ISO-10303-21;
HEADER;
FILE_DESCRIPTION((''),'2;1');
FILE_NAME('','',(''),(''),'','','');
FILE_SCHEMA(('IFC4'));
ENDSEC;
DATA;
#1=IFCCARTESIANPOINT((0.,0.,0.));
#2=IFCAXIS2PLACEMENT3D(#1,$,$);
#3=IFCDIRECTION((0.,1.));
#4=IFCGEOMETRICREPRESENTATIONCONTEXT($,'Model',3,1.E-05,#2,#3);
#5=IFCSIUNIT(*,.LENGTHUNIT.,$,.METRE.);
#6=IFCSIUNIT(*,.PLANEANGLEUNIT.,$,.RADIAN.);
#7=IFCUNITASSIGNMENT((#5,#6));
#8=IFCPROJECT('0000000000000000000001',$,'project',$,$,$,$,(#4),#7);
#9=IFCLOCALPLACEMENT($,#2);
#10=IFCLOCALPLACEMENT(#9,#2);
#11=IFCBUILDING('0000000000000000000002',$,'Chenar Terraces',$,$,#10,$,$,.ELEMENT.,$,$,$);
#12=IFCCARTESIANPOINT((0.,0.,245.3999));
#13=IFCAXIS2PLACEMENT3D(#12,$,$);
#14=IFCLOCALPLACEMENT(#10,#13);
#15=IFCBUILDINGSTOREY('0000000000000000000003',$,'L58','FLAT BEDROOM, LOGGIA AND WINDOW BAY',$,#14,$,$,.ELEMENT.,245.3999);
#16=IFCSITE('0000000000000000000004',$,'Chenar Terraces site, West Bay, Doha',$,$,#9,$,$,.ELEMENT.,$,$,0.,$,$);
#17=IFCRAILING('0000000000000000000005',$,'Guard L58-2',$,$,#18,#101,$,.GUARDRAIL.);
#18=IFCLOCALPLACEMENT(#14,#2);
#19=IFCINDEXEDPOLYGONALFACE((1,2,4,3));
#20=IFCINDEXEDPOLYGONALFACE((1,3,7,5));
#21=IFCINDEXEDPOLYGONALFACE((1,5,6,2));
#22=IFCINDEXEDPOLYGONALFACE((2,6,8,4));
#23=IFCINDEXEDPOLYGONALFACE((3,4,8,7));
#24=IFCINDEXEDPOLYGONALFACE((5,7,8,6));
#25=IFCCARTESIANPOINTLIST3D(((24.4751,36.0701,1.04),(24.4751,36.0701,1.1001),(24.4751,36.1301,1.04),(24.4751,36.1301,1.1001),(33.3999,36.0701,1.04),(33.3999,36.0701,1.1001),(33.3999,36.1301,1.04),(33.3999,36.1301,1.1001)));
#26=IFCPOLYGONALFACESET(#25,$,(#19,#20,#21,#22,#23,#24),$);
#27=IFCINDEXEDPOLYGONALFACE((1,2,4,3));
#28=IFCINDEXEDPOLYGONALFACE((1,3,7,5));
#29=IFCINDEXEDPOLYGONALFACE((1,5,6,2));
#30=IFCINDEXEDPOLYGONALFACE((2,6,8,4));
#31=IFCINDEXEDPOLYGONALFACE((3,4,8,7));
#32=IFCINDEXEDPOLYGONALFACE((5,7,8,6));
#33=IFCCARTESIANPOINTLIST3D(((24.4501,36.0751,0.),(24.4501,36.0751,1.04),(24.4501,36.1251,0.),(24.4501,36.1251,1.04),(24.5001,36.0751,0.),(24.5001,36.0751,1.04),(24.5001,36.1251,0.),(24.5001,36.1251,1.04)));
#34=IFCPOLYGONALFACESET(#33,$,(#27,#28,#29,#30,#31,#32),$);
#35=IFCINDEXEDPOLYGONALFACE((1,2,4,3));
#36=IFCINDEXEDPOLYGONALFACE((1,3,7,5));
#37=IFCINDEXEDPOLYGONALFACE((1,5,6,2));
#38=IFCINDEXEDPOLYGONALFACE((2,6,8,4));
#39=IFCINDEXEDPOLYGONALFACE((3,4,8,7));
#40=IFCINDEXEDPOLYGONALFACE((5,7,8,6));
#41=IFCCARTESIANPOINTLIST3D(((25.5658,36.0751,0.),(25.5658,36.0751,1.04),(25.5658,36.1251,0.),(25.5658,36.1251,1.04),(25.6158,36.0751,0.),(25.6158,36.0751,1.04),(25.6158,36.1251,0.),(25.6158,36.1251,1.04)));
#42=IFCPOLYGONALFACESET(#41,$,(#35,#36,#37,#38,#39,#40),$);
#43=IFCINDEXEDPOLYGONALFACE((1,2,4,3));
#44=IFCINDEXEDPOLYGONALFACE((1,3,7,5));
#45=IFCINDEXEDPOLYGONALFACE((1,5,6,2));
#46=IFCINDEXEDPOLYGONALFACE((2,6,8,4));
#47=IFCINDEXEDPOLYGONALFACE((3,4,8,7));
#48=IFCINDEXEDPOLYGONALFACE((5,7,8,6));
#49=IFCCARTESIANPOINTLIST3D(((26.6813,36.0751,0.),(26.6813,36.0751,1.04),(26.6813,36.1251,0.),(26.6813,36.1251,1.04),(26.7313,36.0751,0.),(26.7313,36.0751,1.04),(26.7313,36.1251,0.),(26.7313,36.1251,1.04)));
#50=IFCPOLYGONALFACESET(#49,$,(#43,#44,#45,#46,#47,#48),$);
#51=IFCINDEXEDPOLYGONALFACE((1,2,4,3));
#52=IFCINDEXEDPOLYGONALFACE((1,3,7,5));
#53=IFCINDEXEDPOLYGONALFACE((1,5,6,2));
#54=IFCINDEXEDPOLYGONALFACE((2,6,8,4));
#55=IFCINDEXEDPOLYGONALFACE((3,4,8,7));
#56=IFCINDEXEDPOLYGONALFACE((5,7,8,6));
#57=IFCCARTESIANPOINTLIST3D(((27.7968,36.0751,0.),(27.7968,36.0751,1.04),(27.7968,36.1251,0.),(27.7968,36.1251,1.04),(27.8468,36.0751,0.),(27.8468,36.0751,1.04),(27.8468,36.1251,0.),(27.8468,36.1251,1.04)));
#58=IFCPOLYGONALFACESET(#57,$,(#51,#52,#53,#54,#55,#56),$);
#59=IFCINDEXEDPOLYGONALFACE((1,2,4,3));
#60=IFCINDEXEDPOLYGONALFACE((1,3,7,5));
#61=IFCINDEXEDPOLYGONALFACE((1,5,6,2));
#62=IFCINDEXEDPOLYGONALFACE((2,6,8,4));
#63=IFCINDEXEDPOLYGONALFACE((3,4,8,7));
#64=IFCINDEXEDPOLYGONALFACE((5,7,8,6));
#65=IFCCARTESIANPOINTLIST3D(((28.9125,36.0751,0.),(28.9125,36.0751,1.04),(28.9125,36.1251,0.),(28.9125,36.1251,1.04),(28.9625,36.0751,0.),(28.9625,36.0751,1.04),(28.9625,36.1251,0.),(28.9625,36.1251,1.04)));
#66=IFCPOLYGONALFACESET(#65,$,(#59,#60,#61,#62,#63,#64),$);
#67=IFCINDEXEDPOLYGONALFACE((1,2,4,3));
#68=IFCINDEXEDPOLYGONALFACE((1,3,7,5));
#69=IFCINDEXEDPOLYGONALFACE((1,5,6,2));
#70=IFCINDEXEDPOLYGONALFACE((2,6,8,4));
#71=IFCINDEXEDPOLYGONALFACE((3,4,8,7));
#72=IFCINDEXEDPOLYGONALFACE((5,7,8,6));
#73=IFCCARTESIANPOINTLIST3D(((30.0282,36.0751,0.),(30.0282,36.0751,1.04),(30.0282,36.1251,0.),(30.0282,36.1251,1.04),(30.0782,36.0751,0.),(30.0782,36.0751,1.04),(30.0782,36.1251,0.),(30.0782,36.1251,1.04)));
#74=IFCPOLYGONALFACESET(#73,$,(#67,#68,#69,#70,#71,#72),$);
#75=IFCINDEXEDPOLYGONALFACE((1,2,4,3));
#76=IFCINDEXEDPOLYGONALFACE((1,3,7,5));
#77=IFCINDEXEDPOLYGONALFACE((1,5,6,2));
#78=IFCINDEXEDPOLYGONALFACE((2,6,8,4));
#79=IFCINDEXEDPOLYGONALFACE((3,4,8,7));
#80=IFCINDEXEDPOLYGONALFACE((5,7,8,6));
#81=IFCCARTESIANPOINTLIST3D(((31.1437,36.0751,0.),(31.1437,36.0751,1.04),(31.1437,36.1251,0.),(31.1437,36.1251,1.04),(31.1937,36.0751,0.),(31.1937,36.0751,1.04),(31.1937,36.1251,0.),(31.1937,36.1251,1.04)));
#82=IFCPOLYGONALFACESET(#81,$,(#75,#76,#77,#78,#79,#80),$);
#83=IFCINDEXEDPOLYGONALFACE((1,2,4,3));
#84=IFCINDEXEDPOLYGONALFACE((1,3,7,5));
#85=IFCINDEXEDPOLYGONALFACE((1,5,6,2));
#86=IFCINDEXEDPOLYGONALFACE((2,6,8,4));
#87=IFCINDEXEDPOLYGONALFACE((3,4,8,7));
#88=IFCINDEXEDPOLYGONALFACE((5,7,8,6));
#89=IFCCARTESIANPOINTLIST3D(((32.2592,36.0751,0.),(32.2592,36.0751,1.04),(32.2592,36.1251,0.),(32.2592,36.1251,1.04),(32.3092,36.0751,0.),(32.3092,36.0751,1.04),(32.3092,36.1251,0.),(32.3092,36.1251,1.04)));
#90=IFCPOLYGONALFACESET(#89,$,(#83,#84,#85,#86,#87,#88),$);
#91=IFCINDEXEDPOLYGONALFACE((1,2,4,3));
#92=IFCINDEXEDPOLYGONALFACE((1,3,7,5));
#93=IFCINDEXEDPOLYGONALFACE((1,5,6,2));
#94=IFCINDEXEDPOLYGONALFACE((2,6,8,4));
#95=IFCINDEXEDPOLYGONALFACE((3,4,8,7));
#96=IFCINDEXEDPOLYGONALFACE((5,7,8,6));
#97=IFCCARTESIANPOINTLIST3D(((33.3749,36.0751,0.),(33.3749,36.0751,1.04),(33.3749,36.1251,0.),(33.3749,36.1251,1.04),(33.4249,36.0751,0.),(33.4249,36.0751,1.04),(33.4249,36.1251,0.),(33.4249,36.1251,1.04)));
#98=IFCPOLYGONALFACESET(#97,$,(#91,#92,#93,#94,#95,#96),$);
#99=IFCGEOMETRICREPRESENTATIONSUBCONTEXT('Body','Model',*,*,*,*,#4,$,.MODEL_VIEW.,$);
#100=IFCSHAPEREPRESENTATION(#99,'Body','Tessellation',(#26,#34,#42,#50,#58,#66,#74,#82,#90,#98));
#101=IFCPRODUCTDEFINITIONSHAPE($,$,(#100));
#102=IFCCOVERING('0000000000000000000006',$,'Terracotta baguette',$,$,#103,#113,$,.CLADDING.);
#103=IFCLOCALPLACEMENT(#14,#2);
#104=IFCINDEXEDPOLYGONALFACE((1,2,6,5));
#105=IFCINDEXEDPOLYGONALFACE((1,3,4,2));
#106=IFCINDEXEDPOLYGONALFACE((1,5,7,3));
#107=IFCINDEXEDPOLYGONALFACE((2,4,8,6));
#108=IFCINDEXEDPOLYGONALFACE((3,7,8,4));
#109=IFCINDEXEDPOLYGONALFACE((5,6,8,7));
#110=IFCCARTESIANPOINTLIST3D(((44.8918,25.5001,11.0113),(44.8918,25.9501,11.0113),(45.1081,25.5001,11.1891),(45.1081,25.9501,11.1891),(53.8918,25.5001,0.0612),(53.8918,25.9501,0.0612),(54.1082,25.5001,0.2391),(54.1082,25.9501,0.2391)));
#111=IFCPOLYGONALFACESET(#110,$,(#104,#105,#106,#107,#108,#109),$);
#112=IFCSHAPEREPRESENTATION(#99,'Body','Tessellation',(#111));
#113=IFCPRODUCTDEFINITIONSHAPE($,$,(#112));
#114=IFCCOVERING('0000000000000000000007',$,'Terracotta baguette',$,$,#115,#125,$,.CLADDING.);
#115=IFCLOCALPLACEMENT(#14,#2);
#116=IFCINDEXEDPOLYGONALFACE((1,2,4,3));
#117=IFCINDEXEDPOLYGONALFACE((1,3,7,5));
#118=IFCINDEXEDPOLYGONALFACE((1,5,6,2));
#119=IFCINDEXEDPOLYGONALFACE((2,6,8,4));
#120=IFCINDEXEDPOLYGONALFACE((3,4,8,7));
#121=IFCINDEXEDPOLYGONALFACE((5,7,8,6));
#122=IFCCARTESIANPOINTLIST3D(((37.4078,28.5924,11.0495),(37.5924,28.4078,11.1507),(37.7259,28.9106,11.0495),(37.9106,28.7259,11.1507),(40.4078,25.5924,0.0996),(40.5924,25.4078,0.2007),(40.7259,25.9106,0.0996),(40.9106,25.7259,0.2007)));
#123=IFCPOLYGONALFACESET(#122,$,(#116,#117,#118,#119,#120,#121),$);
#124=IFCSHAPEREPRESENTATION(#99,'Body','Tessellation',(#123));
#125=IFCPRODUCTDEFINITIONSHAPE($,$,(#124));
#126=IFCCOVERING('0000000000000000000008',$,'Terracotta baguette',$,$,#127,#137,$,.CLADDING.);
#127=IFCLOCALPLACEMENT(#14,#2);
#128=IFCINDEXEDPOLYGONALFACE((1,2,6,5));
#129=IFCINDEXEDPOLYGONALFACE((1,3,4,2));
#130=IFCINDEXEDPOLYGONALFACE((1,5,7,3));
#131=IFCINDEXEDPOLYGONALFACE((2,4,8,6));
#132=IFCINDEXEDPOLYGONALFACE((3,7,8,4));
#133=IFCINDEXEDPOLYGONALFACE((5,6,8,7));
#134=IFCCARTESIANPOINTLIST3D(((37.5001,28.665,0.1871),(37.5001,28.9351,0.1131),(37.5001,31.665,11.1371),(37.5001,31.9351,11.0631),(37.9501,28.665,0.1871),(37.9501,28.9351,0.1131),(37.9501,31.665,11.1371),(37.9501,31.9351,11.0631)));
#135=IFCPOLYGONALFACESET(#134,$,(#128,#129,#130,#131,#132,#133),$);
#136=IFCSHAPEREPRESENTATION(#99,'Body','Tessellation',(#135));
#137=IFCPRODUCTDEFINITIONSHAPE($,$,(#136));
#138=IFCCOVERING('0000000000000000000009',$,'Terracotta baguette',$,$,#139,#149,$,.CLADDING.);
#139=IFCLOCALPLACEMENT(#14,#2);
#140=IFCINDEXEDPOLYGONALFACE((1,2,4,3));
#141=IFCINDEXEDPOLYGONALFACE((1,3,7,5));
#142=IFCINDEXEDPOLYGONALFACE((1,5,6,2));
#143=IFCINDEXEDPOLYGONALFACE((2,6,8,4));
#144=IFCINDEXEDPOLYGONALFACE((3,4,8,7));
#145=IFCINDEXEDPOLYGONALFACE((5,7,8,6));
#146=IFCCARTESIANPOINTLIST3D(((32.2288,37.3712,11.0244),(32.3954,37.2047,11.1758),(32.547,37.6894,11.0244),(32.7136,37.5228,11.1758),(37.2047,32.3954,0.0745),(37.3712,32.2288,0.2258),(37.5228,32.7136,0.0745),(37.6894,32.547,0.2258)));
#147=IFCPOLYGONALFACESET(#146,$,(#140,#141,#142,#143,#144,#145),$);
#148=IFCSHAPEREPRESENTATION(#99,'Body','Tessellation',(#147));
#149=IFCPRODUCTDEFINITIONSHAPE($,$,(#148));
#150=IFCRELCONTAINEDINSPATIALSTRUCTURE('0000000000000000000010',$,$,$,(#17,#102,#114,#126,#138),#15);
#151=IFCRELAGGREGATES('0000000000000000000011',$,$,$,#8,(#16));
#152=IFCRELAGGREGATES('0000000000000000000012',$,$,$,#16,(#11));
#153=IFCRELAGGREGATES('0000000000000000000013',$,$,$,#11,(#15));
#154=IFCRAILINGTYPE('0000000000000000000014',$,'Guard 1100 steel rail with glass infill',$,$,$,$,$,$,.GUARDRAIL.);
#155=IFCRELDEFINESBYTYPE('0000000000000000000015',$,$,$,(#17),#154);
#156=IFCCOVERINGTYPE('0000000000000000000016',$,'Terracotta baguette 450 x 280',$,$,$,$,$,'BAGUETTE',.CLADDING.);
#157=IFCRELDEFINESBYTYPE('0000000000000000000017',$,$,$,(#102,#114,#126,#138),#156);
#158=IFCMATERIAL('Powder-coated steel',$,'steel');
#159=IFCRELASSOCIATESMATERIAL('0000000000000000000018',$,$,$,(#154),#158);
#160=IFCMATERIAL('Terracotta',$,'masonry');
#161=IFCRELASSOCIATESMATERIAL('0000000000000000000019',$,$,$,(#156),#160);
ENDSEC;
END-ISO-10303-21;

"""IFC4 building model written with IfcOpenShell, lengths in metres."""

from ifc_helpers import new_model, si_unit, direction, frame, origin, origin_2d, place, context, subcontext, project, spatial, rectangle, extrude, material, material_profile, profile_set, type_object, element, save


model = new_model("IFC4")

# Units and contexts
model_context = context("Model", 3, precision=1e-05, world=origin(), true_north=direction((0.0, 1.0)))
body_context = subcontext(model_context, "Body", "Model", "MODEL_VIEW")
ifc_project = project(units=[si_unit("LENGTHUNIT", "METRE"), si_unit("PLANEANGLEUNIT", "RADIAN")], contexts=[model_context])

# Site, building, storey
site_placement = place(None, origin())
site = spatial("IfcSite", under=ifc_project, at=site_placement, Name="Chenar Terraces site, West Bay, Doha", CompositionType="ELEMENT", RefElevation=0.0)
building_placement = place(site_placement, origin())
building = spatial("IfcBuilding", under=site, at=building_placement, Name="Chenar Terraces", CompositionType="ELEMENT")
storey_placement = place(building_placement, frame((0.0, 0.0, 245.3999)))
storey = spatial("IfcBuildingStorey", under=building, at=storey_placement, Name="L58", Description="FLAT BEDROOM, LOGGIA AND WINDOW BAY", CompositionType="ELEMENT", Elevation=245.3999)

# Railing
ifc_material_1 = material(Name="Powder-coated steel", Category="steel")
railing_type = type_object("IfcRailingType", Name="Guard 1100 steel rail with glass infill", PredefinedType="GUARDRAIL", material=ifc_material_1)
railing_placement = place(storey_placement, frame((24.4751, 36.1001, 0.0)))
element("IfcRailing", 1, at=railing_placement, inside=storey, type_object=railing_type, Name="Guard L58-2", PredefinedType="GUARDRAIL", context=body_context, shape_type="SweptSolid", body=[
    extrude(rectangle(XDim=0.0601, YDim=0.0601, at=origin_2d()), frame((0.0, 0.0, 1.0701), z_axis=(1.0, 0.0, 0.0), x_axis=(0.0, 1.0, 0.0)), (0.0, 0.0, 1.0), 8.9248),
    extrude(rectangle(XDim=0.05, YDim=0.05, at=origin_2d()), origin(), (0.0, 0.0, 1.0), 1.04),
    extrude(rectangle(XDim=0.05, YDim=0.05, at=origin_2d()), frame((1.1157, 0.0, 0.0)), (0.0, 0.0, 1.0), 1.04),
    extrude(rectangle(XDim=0.05, YDim=0.05, at=origin_2d()), frame((2.2312, 0.0, 0.0)), (0.0, 0.0, 1.0), 1.04),
    extrude(rectangle(XDim=0.05, YDim=0.05, at=origin_2d()), frame((3.3467, 0.0, 0.0)), (0.0, 0.0, 1.0), 1.04),
    extrude(rectangle(XDim=0.05, YDim=0.05, at=origin_2d()), frame((4.4624, 0.0, 0.0)), (0.0, 0.0, 1.0), 1.04),
    extrude(rectangle(XDim=0.05, YDim=0.05, at=origin_2d()), frame((5.5781, 0.0, 0.0)), (0.0, 0.0, 1.0), 1.04),
    extrude(rectangle(XDim=0.05, YDim=0.05, at=origin_2d()), frame((6.6936, 0.0, 0.0)), (0.0, 0.0, 1.0), 1.04),
    extrude(rectangle(XDim=0.05, YDim=0.05, at=origin_2d()), frame((7.8091, 0.0, 0.0)), (0.0, 0.0, 1.0), 1.04),
    extrude(rectangle(XDim=0.05, YDim=0.05, at=origin_2d()), frame((8.9248, 0.0, 0.0)), (0.0, 0.0, 1.0), 1.04),
])

# Coverings
ifc_material_2 = material(Name="Terracotta", Category="masonry")
ifc_material_profile_1 = material_profile(ifc_material_2, rectangle(XDim=0.45, YDim=0.28, at=origin_2d()), Name="Terracotta baguette 450 x 280")
ifc_profile_set_1 = profile_set([ifc_material_profile_1], Name="Terracotta")
covering_type = type_object("IfcCoveringType", Name="Terracotta baguette 450 x 280", ElementType="BAGUETTE", PredefinedType="CLADDING", material=ifc_profile_set_1)
covering_1_placement = place(storey_placement, frame((54.0, 25.7251, 0.1501), z_axis=(-0.634967, 0.0, 0.772539), x_axis=(0.0, -1.0, 0.0)))
element("IfcCovering", 2, at=covering_1_placement, inside=storey, type_object=covering_type, Name="Terracotta baguette", PredefinedType="CLADDING", context=body_context, shape_type="SweptSolid", body=[
    extrude(rectangle(XDim=0.45, YDim=0.28, at=origin_2d()), origin(), (0.0, 0.0, 1.0), 14.1741),
])
covering_2_placement = place(storey_placement, frame((40.6592, 25.6592, 0.1501), z_axis=(-0.255468, 0.255468, 0.932455), x_axis=(-0.707107, -0.707107, 0.0)))
element("IfcCovering", 3, at=covering_2_placement, inside=storey, type_object=covering_type, Name="Terracotta baguette", PredefinedType="CLADDING", context=body_context, shape_type="SweptSolid", body=[
    extrude(rectangle(XDim=0.45, YDim=0.28, at=origin_2d()), origin(), (0.0, 0.0, 1.0), 11.7432),
])
covering_3_placement = place(storey_placement, frame((37.7251, 28.8, 0.1501), z_axis=(0.0, 0.264236, 0.964458), x_axis=(-1.0, 0.0, 0.0)))
element("IfcCovering", 4, at=covering_3_placement, inside=storey, type_object=covering_type, Name="Terracotta baguette", PredefinedType="CLADDING", context=body_context, shape_type="SweptSolid", body=[
    extrude(rectangle(XDim=0.45, YDim=0.28, at=origin_2d()), origin(), (0.0, 0.0, 1.0), 11.3535),
])
covering_4_placement = place(storey_placement, frame((37.447, 32.4712, 0.1501), z_axis=(-0.382282, 0.382282, 0.841261), x_axis=(-0.707107, -0.707107, 0.0)))
element("IfcCovering", 5, at=covering_4_placement, inside=storey, type_object=covering_type, Name="Terracotta baguette", PredefinedType="CLADDING", context=body_context, shape_type="SweptSolid", body=[
    extrude(rectangle(XDim=0.45, YDim=0.28, at=origin_2d()), origin(), (0.0, 0.0, 1.0), 13.0161),
])

save(model, "model.ifc")
